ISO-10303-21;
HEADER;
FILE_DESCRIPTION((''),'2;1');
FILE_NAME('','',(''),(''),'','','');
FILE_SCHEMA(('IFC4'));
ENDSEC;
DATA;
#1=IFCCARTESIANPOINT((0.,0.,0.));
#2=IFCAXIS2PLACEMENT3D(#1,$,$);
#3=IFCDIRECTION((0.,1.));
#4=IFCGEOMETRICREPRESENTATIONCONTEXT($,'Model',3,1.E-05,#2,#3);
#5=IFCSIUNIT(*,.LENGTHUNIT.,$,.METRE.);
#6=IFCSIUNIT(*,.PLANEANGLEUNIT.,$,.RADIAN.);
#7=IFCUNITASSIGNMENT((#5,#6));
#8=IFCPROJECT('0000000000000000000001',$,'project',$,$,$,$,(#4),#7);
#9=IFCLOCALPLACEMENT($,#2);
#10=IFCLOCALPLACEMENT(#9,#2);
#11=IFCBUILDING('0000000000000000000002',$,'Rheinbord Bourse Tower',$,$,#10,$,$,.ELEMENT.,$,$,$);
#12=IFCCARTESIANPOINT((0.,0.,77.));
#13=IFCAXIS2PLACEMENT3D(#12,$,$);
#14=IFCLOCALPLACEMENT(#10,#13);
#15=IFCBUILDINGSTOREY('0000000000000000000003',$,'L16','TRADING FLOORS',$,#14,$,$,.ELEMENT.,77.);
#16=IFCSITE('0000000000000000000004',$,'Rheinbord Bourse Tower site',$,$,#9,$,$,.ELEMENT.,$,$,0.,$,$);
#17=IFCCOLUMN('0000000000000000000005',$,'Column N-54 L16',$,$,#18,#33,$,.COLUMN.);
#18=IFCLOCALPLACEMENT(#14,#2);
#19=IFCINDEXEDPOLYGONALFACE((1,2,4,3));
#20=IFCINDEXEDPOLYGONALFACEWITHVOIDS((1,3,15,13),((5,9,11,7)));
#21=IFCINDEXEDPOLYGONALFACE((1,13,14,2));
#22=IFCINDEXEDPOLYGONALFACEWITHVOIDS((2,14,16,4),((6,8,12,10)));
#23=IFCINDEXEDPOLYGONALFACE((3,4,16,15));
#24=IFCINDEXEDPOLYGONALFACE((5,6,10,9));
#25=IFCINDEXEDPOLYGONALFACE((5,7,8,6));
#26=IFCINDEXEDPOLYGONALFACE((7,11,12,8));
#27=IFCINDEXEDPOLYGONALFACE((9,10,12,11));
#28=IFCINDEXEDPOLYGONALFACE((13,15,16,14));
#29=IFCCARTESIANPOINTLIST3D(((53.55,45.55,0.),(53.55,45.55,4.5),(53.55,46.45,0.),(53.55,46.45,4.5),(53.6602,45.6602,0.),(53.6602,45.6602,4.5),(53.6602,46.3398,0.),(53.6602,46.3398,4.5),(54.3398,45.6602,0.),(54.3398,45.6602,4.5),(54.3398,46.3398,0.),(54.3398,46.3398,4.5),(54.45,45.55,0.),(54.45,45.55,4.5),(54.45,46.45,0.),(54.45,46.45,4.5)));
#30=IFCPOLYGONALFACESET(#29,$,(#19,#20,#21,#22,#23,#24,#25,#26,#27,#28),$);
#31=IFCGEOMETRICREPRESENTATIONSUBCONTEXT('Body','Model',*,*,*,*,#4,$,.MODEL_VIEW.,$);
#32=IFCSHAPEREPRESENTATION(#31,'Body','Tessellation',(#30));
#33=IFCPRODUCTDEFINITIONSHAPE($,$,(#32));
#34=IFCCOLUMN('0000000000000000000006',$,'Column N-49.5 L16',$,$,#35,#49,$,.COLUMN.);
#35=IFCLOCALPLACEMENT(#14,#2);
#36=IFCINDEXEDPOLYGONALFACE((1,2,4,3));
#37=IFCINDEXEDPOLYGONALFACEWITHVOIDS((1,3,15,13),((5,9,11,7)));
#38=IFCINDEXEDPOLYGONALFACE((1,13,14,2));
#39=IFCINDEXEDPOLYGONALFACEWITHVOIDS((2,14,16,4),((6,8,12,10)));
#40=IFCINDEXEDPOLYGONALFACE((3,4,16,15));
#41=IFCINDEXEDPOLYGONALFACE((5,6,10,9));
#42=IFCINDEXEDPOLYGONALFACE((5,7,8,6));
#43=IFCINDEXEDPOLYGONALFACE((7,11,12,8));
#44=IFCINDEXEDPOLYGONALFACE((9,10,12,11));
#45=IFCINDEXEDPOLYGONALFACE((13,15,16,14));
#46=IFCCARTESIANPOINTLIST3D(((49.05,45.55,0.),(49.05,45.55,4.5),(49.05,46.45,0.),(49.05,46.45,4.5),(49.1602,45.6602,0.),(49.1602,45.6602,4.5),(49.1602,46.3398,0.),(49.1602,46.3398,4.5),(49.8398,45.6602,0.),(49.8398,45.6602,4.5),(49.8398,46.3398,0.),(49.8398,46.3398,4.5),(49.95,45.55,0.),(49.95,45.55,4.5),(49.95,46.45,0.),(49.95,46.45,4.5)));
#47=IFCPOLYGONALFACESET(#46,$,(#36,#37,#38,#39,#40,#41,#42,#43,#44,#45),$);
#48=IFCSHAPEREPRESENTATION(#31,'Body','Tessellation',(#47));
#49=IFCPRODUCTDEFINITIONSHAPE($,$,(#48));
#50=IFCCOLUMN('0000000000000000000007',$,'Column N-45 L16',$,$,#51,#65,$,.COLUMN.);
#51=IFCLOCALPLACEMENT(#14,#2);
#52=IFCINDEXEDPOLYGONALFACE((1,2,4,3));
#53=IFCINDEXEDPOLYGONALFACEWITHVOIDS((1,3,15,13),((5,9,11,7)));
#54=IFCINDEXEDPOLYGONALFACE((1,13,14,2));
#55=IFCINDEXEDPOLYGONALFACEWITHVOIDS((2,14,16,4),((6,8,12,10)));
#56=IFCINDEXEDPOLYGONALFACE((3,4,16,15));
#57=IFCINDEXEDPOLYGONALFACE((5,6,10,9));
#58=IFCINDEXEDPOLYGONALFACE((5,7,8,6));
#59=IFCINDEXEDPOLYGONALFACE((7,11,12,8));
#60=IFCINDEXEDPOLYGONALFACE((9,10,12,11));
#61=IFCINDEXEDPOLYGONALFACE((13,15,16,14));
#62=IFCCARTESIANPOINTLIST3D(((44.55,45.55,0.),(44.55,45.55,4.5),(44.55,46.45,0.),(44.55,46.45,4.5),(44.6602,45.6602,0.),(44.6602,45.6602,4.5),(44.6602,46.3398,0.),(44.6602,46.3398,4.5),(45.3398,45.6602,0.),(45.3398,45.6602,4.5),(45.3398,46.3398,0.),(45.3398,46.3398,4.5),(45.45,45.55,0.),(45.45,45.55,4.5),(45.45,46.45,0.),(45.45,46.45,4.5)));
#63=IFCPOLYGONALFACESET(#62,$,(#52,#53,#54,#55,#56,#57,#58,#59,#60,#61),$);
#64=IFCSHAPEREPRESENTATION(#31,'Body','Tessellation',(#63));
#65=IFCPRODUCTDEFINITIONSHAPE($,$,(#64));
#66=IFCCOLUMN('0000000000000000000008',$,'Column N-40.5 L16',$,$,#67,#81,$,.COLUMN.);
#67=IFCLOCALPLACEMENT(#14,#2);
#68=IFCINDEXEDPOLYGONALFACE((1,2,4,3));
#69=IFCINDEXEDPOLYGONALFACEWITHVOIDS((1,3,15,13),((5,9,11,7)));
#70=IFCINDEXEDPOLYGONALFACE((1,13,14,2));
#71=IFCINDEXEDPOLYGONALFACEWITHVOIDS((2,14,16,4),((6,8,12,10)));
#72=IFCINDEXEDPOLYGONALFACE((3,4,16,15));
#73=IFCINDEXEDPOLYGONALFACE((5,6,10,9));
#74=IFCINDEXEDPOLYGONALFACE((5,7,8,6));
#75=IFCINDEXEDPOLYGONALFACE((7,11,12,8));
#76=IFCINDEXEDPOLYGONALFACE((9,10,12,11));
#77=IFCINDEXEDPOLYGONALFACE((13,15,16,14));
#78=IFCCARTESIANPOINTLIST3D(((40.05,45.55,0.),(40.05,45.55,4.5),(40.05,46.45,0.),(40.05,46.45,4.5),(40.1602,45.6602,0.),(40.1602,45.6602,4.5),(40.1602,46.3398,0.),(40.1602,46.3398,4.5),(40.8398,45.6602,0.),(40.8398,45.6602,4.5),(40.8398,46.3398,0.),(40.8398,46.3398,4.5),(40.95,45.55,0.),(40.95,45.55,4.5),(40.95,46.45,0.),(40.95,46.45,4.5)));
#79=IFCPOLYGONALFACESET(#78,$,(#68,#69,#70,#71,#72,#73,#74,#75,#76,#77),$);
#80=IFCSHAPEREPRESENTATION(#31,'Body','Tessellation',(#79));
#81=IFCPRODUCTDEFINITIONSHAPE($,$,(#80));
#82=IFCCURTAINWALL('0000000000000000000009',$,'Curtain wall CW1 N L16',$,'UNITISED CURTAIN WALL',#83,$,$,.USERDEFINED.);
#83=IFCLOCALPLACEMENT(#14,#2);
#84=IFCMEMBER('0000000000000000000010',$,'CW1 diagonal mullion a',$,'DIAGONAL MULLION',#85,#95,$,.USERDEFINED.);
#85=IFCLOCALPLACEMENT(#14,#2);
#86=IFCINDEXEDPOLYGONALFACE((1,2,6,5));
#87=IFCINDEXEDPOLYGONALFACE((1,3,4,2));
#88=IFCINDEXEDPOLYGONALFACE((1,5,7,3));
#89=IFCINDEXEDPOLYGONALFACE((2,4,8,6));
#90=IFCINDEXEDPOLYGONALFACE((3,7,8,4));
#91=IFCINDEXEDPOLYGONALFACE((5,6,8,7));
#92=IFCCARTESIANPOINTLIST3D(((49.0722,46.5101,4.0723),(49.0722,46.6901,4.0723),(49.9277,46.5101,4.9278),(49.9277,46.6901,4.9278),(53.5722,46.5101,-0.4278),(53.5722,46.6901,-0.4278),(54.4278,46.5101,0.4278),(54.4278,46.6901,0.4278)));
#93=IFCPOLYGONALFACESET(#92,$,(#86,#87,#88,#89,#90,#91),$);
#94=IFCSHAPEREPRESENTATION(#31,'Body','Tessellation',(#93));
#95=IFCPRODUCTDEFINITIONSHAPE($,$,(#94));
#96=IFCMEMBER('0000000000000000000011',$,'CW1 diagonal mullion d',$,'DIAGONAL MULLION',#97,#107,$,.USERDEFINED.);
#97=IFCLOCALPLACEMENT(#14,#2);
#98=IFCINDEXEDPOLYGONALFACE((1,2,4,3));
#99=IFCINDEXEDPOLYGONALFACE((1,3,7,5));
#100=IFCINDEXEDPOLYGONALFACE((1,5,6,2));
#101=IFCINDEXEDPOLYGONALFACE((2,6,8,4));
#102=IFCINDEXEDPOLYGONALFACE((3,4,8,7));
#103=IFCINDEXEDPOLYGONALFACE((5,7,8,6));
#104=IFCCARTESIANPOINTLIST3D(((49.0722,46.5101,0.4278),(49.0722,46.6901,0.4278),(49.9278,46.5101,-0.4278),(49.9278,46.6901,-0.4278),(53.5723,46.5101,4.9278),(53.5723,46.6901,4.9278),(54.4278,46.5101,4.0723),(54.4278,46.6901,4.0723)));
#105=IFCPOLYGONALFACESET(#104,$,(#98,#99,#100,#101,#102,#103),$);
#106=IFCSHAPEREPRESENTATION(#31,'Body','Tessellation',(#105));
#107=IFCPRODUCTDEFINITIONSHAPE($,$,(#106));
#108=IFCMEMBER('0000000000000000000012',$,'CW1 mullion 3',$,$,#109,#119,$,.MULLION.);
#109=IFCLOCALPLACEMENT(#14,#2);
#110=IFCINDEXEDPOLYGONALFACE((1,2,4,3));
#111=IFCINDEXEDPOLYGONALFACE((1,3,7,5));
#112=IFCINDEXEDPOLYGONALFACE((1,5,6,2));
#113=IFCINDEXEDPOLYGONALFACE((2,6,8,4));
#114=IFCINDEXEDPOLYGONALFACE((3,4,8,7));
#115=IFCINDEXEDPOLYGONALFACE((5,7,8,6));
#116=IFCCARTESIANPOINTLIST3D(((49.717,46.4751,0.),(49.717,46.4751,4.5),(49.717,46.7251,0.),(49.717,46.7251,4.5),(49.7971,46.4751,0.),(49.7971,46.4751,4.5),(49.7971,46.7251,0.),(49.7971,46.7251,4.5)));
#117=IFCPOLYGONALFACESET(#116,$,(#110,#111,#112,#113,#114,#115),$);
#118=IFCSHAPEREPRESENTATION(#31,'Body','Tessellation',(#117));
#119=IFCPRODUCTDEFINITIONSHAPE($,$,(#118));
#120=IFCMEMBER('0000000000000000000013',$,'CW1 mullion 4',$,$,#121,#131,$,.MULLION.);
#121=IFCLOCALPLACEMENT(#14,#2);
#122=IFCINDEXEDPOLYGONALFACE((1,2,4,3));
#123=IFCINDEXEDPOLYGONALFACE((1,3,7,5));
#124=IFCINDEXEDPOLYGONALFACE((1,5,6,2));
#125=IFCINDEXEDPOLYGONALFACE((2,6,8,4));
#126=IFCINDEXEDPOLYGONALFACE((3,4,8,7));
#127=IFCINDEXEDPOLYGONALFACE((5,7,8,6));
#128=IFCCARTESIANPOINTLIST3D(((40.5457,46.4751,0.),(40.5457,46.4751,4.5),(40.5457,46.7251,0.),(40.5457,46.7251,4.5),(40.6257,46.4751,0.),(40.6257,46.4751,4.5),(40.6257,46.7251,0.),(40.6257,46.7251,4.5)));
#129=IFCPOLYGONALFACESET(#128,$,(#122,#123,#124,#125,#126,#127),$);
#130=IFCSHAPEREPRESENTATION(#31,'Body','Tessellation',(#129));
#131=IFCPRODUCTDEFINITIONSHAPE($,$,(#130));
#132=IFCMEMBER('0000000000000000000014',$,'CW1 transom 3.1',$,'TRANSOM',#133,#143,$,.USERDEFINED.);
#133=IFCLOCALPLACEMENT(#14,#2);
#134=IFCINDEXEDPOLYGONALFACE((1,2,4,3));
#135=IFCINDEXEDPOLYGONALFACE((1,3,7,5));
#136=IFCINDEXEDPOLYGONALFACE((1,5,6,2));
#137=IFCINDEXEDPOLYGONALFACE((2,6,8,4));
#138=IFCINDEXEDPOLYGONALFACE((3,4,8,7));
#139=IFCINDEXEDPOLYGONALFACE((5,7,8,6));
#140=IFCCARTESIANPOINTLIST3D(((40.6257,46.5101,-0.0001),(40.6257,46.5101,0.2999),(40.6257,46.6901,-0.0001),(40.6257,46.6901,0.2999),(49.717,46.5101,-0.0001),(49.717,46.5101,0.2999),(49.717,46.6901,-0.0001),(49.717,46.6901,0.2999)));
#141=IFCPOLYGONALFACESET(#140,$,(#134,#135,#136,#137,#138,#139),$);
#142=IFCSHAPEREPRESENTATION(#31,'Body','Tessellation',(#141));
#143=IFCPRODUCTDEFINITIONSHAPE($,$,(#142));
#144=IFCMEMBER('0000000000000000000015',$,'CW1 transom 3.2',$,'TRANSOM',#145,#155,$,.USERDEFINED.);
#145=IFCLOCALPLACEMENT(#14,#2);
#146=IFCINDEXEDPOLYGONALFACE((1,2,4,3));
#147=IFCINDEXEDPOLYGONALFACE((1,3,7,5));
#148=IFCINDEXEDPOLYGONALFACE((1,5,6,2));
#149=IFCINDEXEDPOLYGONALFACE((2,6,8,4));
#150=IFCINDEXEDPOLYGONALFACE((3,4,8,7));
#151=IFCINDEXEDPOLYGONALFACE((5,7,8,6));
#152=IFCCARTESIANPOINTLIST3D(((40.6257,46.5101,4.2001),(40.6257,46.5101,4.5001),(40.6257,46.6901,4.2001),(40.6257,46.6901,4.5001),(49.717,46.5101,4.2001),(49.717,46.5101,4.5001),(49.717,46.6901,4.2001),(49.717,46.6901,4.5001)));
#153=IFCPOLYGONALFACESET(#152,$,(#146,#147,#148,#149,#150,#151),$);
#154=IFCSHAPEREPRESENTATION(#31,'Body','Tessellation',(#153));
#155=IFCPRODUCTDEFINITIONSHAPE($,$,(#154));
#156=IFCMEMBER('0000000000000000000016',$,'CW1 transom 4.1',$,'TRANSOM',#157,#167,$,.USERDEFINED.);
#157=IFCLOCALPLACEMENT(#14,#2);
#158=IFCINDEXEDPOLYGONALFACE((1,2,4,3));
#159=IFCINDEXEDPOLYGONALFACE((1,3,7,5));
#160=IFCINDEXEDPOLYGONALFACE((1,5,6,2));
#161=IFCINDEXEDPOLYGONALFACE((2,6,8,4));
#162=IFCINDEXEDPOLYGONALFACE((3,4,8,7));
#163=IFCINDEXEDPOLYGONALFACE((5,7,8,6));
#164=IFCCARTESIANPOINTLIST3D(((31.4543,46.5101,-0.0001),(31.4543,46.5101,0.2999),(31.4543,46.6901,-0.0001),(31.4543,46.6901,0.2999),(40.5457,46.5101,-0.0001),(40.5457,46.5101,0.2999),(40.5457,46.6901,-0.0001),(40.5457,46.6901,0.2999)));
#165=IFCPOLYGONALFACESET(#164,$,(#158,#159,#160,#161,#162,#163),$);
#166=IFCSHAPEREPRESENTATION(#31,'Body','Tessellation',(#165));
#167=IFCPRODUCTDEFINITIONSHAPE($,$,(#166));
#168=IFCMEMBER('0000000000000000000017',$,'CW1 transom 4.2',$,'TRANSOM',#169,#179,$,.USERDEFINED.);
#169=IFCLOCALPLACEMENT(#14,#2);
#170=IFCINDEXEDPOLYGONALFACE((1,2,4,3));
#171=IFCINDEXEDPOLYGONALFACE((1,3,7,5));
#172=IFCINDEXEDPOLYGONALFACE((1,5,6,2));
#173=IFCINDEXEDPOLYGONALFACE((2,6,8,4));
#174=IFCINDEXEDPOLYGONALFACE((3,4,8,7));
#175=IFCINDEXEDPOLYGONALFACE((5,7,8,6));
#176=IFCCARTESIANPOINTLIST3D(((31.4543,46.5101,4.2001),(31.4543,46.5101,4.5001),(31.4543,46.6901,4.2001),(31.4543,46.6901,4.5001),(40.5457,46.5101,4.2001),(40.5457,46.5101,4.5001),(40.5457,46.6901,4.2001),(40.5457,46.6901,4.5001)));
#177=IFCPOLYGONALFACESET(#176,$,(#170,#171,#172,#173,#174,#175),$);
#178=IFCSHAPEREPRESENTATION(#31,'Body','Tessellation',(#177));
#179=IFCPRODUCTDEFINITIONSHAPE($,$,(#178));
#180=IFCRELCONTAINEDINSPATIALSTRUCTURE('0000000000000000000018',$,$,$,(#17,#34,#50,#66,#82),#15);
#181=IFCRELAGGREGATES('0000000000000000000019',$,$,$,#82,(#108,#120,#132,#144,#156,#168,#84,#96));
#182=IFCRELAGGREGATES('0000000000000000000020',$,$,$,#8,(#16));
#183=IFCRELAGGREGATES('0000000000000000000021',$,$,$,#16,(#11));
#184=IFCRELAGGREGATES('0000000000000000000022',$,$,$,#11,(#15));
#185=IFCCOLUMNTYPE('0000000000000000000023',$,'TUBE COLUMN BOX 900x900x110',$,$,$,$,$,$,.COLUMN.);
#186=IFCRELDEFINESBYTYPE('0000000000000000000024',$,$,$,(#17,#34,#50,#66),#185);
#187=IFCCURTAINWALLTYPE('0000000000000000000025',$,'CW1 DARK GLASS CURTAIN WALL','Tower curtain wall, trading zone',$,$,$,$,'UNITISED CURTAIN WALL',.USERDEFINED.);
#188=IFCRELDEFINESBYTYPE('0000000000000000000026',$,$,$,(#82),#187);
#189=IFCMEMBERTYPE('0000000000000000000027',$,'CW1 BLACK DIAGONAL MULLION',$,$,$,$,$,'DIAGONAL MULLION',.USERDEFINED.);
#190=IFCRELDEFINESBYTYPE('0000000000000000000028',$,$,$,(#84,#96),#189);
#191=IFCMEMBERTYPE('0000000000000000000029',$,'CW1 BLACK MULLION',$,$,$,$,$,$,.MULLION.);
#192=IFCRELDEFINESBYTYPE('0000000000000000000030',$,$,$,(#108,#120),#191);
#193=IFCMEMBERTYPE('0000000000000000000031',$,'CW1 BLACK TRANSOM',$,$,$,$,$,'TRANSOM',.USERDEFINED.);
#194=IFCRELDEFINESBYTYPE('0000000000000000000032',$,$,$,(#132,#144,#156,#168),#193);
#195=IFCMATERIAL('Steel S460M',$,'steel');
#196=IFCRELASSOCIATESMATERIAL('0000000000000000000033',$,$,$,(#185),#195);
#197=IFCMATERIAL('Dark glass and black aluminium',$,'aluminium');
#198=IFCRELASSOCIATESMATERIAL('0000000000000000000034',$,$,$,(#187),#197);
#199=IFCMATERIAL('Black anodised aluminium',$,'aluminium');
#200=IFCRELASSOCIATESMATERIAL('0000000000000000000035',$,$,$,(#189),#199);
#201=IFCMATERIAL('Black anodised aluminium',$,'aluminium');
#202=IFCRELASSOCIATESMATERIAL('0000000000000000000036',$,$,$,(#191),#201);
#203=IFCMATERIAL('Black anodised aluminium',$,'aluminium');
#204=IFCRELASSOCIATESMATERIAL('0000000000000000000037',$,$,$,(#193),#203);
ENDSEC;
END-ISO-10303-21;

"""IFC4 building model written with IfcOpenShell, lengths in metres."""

from ifc_helpers import new_model, si_unit, direction, frame, origin, origin_2d, place, context, subcontext, project, spatial, rectangle, hollow_rectangle, extrude, material, material_profile, profile_set, type_object, element, aggregate, save


model = new_model("IFC4")

# Units and contexts
model_context = context("Model", 3, precision=1e-05, world=origin(), true_north=direction((0.0, 1.0)))
body_context = subcontext(model_context, "Body", "Model", "MODEL_VIEW")
ifc_project = project(units=[si_unit("LENGTHUNIT", "METRE"), si_unit("PLANEANGLEUNIT", "RADIAN")], contexts=[model_context])

# Site, building, storey
site_placement = place(None, origin())
site = spatial("IfcSite", under=ifc_project, at=site_placement, Name="Rheinbord Bourse Tower site", CompositionType="ELEMENT", RefElevation=0.0)
building_placement = place(site_placement, origin())
building = spatial("IfcBuilding", under=site, at=building_placement, Name="Rheinbord Bourse Tower", CompositionType="ELEMENT")
storey_placement = place(building_placement, frame((0.0, 0.0, 77.0)))
storey = spatial("IfcBuildingStorey", under=building, at=storey_placement, Name="L16", Description="TRADING FLOORS", CompositionType="ELEMENT", Elevation=77.0)

# Columns
ifc_material_1 = material(Name="Steel S460M", Category="steel")
ifc_material_profile_1 = material_profile(ifc_material_1, hollow_rectangle(XDim=0.8999, YDim=0.8999, WallThickness=0.1101, at=origin_2d()), Name="BOX 900x900x110")
ifc_profile_set_1 = profile_set([ifc_material_profile_1], Name="Steel S460M")
column_type = type_object("IfcColumnType", Name="TUBE COLUMN BOX 900x900x110", PredefinedType="COLUMN", material=ifc_profile_set_1)
for number, where, z_axis, x_axis, name in (
    (1, (54.0, 46.0, 0.0), (0.0, 0.0, 1.0), (0.0, 1.0, 0.0), "Column N-54 L16"),
    (2, (49.5, 46.0, 0.0), (0.0, 0.0, 1.0), (0.0, 1.0, 0.0), "Column N-49.5 L16"),
    (3, (45.0, 46.0, 0.0), (0.0, 0.0, 1.0), (0.0, 1.0, 0.0), "Column N-45 L16"),
    (4, (40.5, 46.0, 0.0), (0.0, 0.0, 1.0), (0.0, 1.0, 0.0), "Column N-40.5 L16"),
):
    element("IfcColumn", number, at=place(storey_placement, frame(where, z_axis=z_axis, x_axis=x_axis)), inside=storey, type_object=column_type, Name=name, PredefinedType="COLUMN", context=body_context, shape_type="SweptSolid", body=[
        extrude(hollow_rectangle(XDim=0.8999, YDim=0.8999, WallThickness=0.1101, at=origin_2d()), origin(), (0.0, 0.0, 1.0), 4.5),
    ])

# Curtain wall, members
ifc_material_2 = material(Name="Dark glass and black aluminium", Category="aluminium")
curtain_wall_type = type_object("IfcCurtainWallType", Name="CW1 DARK GLASS CURTAIN WALL", Description="Tower curtain wall, trading zone", ElementType="UNITISED CURTAIN WALL", PredefinedType="USERDEFINED", material=ifc_material_2)
curtain_wall_placement = place(storey_placement, origin())
curtain_wall = element("IfcCurtainWall", 5, at=curtain_wall_placement, inside=storey, type_object=curtain_wall_type, Name="Curtain wall CW1 N L16", ObjectType="UNITISED CURTAIN WALL", PredefinedType="USERDEFINED")
ifc_material_3 = material(Name="Black anodised aluminium", Category="aluminium")
ifc_material_profile_2 = material_profile(ifc_material_3, rectangle(XDim=0.1799, YDim=1.21, at=origin_2d()), Name="CW1 DIAGONAL MULLION 1210x180")
ifc_profile_set_2 = profile_set([ifc_material_profile_2], Name="Black anodised aluminium")
member_type_1 = type_object("IfcMemberType", Name="CW1 BLACK DIAGONAL MULLION", ElementType="DIAGONAL MULLION", PredefinedType="USERDEFINED", material=ifc_profile_set_2)
member_1_placement = place(storey_placement, frame((54.0, 46.6001, 0.0), z_axis=(-0.707107, 0.0, 0.707107), x_axis=(0.0, -1.0, 0.0)))
member_1 = element("IfcMember", 6, at=member_1_placement, type_object=member_type_1, Name="CW1 diagonal mullion a", ObjectType="DIAGONAL MULLION", PredefinedType="USERDEFINED", context=body_context, shape_type="SweptSolid", body=[
    extrude(rectangle(XDim=0.1799, YDim=1.21, at=origin_2d()), origin(), (0.0, 0.0, 1.0), 6.364),
])
member_2_placement = place(storey_placement, frame((49.5, 46.6001, 0.0), z_axis=(0.707107, 0.0, 0.707107), x_axis=(0.0, 1.0, 0.0)))
member_2 = element("IfcMember", 7, at=member_2_placement, type_object=member_type_1, Name="CW1 diagonal mullion d", ObjectType="DIAGONAL MULLION", PredefinedType="USERDEFINED", context=body_context, shape_type="SweptSolid", body=[
    extrude(rectangle(XDim=0.1799, YDim=1.21, at=origin_2d()), origin(), (0.0, 0.0, 1.0), 6.364),
])
ifc_material_4 = material(Name="Black anodised aluminium", Category="aluminium")
ifc_material_profile_3 = material_profile(ifc_material_4, rectangle(XDim=0.25, YDim=0.0801, at=origin_2d()), Name="CW1 MULLION 80x250")
ifc_profile_set_3 = profile_set([ifc_material_profile_3], Name="Black anodised aluminium")
member_type_2 = type_object("IfcMemberType", Name="CW1 BLACK MULLION", PredefinedType="MULLION", material=ifc_profile_set_3)
member_3_placement = place(storey_placement, frame((49.7571, 46.6001, 0.0), z_axis=(0.0, 0.0, 1.0), x_axis=(0.0, -1.0, 0.0)))
member_3 = element("IfcMember", 8, at=member_3_placement, type_object=member_type_2, Name="CW1 mullion 3", PredefinedType="MULLION", context=body_context, shape_type="SweptSolid", body=[
    extrude(rectangle(XDim=0.25, YDim=0.0801, at=origin_2d()), origin(), (0.0, 0.0, 1.0), 4.5),
])
member_4_placement = place(storey_placement, frame((40.5857, 46.6001, 0.0), z_axis=(0.0, 0.0, 1.0), x_axis=(0.0, -1.0, 0.0)))
member_4 = element("IfcMember", 9, at=member_4_placement, type_object=member_type_2, Name="CW1 mullion 4", PredefinedType="MULLION", context=body_context, shape_type="SweptSolid", body=[
    extrude(rectangle(XDim=0.25, YDim=0.0801, at=origin_2d()), origin(), (0.0, 0.0, 1.0), 4.5),
])
ifc_material_5 = material(Name="Black anodised aluminium", Category="aluminium")
ifc_material_profile_4 = material_profile(ifc_material_5, rectangle(XDim=0.1799, YDim=0.3, at=origin_2d()), Name="CW1 TRANSOM 300x180")
ifc_profile_set_4 = profile_set([ifc_material_profile_4], Name="Black anodised aluminium")
member_type_3 = type_object("IfcMemberType", Name="CW1 BLACK TRANSOM", ElementType="TRANSOM", PredefinedType="USERDEFINED", material=ifc_profile_set_4)
member_5_placement = place(storey_placement, frame((49.717, 46.6001, 0.1499), z_axis=(-1.0, 0.0, 0.0), x_axis=(0.0, -1.0, 0.0)))
member_5 = element("IfcMember", 10, at=member_5_placement, type_object=member_type_3, Name="CW1 transom 3.1", ObjectType="TRANSOM", PredefinedType="USERDEFINED", context=body_context, shape_type="SweptSolid", body=[
    extrude(rectangle(XDim=0.1799, YDim=0.3, at=origin_2d()), origin(), (0.0, 0.0, 1.0), 9.0913),
])
member_6_placement = place(storey_placement, frame((49.717, 46.6001, 4.3501), z_axis=(-1.0, 0.0, 0.0), x_axis=(0.0, -1.0, 0.0)))
member_6 = element("IfcMember", 11, at=member_6_placement, type_object=member_type_3, Name="CW1 transom 3.2", ObjectType="TRANSOM", PredefinedType="USERDEFINED", context=body_context, shape_type="SweptSolid", body=[
    extrude(rectangle(XDim=0.1799, YDim=0.3, at=origin_2d()), origin(), (0.0, 0.0, 1.0), 9.0913),
])
member_7_placement = place(storey_placement, frame((40.5457, 46.6001, 0.1499), z_axis=(-1.0, 0.0, 0.0), x_axis=(0.0, -1.0, 0.0)))
member_7 = element("IfcMember", 12, at=member_7_placement, type_object=member_type_3, Name="CW1 transom 4.1", ObjectType="TRANSOM", PredefinedType="USERDEFINED", context=body_context, shape_type="SweptSolid", body=[
    extrude(rectangle(XDim=0.1799, YDim=0.3, at=origin_2d()), origin(), (0.0, 0.0, 1.0), 9.0913),
])
member_8_placement = place(storey_placement, frame((40.5457, 46.6001, 4.3501), z_axis=(-1.0, 0.0, 0.0), x_axis=(0.0, -1.0, 0.0)))
member_8 = element("IfcMember", 13, at=member_8_placement, type_object=member_type_3, Name="CW1 transom 4.2", ObjectType="TRANSOM", PredefinedType="USERDEFINED", context=body_context, shape_type="SweptSolid", body=[
    extrude(rectangle(XDim=0.1799, YDim=0.3, at=origin_2d()), origin(), (0.0, 0.0, 1.0), 9.0913),
])

aggregate(curtain_wall, [member_3, member_4, member_5, member_6, member_7, member_8, member_1, member_2])

save(model, "model.ifc")
